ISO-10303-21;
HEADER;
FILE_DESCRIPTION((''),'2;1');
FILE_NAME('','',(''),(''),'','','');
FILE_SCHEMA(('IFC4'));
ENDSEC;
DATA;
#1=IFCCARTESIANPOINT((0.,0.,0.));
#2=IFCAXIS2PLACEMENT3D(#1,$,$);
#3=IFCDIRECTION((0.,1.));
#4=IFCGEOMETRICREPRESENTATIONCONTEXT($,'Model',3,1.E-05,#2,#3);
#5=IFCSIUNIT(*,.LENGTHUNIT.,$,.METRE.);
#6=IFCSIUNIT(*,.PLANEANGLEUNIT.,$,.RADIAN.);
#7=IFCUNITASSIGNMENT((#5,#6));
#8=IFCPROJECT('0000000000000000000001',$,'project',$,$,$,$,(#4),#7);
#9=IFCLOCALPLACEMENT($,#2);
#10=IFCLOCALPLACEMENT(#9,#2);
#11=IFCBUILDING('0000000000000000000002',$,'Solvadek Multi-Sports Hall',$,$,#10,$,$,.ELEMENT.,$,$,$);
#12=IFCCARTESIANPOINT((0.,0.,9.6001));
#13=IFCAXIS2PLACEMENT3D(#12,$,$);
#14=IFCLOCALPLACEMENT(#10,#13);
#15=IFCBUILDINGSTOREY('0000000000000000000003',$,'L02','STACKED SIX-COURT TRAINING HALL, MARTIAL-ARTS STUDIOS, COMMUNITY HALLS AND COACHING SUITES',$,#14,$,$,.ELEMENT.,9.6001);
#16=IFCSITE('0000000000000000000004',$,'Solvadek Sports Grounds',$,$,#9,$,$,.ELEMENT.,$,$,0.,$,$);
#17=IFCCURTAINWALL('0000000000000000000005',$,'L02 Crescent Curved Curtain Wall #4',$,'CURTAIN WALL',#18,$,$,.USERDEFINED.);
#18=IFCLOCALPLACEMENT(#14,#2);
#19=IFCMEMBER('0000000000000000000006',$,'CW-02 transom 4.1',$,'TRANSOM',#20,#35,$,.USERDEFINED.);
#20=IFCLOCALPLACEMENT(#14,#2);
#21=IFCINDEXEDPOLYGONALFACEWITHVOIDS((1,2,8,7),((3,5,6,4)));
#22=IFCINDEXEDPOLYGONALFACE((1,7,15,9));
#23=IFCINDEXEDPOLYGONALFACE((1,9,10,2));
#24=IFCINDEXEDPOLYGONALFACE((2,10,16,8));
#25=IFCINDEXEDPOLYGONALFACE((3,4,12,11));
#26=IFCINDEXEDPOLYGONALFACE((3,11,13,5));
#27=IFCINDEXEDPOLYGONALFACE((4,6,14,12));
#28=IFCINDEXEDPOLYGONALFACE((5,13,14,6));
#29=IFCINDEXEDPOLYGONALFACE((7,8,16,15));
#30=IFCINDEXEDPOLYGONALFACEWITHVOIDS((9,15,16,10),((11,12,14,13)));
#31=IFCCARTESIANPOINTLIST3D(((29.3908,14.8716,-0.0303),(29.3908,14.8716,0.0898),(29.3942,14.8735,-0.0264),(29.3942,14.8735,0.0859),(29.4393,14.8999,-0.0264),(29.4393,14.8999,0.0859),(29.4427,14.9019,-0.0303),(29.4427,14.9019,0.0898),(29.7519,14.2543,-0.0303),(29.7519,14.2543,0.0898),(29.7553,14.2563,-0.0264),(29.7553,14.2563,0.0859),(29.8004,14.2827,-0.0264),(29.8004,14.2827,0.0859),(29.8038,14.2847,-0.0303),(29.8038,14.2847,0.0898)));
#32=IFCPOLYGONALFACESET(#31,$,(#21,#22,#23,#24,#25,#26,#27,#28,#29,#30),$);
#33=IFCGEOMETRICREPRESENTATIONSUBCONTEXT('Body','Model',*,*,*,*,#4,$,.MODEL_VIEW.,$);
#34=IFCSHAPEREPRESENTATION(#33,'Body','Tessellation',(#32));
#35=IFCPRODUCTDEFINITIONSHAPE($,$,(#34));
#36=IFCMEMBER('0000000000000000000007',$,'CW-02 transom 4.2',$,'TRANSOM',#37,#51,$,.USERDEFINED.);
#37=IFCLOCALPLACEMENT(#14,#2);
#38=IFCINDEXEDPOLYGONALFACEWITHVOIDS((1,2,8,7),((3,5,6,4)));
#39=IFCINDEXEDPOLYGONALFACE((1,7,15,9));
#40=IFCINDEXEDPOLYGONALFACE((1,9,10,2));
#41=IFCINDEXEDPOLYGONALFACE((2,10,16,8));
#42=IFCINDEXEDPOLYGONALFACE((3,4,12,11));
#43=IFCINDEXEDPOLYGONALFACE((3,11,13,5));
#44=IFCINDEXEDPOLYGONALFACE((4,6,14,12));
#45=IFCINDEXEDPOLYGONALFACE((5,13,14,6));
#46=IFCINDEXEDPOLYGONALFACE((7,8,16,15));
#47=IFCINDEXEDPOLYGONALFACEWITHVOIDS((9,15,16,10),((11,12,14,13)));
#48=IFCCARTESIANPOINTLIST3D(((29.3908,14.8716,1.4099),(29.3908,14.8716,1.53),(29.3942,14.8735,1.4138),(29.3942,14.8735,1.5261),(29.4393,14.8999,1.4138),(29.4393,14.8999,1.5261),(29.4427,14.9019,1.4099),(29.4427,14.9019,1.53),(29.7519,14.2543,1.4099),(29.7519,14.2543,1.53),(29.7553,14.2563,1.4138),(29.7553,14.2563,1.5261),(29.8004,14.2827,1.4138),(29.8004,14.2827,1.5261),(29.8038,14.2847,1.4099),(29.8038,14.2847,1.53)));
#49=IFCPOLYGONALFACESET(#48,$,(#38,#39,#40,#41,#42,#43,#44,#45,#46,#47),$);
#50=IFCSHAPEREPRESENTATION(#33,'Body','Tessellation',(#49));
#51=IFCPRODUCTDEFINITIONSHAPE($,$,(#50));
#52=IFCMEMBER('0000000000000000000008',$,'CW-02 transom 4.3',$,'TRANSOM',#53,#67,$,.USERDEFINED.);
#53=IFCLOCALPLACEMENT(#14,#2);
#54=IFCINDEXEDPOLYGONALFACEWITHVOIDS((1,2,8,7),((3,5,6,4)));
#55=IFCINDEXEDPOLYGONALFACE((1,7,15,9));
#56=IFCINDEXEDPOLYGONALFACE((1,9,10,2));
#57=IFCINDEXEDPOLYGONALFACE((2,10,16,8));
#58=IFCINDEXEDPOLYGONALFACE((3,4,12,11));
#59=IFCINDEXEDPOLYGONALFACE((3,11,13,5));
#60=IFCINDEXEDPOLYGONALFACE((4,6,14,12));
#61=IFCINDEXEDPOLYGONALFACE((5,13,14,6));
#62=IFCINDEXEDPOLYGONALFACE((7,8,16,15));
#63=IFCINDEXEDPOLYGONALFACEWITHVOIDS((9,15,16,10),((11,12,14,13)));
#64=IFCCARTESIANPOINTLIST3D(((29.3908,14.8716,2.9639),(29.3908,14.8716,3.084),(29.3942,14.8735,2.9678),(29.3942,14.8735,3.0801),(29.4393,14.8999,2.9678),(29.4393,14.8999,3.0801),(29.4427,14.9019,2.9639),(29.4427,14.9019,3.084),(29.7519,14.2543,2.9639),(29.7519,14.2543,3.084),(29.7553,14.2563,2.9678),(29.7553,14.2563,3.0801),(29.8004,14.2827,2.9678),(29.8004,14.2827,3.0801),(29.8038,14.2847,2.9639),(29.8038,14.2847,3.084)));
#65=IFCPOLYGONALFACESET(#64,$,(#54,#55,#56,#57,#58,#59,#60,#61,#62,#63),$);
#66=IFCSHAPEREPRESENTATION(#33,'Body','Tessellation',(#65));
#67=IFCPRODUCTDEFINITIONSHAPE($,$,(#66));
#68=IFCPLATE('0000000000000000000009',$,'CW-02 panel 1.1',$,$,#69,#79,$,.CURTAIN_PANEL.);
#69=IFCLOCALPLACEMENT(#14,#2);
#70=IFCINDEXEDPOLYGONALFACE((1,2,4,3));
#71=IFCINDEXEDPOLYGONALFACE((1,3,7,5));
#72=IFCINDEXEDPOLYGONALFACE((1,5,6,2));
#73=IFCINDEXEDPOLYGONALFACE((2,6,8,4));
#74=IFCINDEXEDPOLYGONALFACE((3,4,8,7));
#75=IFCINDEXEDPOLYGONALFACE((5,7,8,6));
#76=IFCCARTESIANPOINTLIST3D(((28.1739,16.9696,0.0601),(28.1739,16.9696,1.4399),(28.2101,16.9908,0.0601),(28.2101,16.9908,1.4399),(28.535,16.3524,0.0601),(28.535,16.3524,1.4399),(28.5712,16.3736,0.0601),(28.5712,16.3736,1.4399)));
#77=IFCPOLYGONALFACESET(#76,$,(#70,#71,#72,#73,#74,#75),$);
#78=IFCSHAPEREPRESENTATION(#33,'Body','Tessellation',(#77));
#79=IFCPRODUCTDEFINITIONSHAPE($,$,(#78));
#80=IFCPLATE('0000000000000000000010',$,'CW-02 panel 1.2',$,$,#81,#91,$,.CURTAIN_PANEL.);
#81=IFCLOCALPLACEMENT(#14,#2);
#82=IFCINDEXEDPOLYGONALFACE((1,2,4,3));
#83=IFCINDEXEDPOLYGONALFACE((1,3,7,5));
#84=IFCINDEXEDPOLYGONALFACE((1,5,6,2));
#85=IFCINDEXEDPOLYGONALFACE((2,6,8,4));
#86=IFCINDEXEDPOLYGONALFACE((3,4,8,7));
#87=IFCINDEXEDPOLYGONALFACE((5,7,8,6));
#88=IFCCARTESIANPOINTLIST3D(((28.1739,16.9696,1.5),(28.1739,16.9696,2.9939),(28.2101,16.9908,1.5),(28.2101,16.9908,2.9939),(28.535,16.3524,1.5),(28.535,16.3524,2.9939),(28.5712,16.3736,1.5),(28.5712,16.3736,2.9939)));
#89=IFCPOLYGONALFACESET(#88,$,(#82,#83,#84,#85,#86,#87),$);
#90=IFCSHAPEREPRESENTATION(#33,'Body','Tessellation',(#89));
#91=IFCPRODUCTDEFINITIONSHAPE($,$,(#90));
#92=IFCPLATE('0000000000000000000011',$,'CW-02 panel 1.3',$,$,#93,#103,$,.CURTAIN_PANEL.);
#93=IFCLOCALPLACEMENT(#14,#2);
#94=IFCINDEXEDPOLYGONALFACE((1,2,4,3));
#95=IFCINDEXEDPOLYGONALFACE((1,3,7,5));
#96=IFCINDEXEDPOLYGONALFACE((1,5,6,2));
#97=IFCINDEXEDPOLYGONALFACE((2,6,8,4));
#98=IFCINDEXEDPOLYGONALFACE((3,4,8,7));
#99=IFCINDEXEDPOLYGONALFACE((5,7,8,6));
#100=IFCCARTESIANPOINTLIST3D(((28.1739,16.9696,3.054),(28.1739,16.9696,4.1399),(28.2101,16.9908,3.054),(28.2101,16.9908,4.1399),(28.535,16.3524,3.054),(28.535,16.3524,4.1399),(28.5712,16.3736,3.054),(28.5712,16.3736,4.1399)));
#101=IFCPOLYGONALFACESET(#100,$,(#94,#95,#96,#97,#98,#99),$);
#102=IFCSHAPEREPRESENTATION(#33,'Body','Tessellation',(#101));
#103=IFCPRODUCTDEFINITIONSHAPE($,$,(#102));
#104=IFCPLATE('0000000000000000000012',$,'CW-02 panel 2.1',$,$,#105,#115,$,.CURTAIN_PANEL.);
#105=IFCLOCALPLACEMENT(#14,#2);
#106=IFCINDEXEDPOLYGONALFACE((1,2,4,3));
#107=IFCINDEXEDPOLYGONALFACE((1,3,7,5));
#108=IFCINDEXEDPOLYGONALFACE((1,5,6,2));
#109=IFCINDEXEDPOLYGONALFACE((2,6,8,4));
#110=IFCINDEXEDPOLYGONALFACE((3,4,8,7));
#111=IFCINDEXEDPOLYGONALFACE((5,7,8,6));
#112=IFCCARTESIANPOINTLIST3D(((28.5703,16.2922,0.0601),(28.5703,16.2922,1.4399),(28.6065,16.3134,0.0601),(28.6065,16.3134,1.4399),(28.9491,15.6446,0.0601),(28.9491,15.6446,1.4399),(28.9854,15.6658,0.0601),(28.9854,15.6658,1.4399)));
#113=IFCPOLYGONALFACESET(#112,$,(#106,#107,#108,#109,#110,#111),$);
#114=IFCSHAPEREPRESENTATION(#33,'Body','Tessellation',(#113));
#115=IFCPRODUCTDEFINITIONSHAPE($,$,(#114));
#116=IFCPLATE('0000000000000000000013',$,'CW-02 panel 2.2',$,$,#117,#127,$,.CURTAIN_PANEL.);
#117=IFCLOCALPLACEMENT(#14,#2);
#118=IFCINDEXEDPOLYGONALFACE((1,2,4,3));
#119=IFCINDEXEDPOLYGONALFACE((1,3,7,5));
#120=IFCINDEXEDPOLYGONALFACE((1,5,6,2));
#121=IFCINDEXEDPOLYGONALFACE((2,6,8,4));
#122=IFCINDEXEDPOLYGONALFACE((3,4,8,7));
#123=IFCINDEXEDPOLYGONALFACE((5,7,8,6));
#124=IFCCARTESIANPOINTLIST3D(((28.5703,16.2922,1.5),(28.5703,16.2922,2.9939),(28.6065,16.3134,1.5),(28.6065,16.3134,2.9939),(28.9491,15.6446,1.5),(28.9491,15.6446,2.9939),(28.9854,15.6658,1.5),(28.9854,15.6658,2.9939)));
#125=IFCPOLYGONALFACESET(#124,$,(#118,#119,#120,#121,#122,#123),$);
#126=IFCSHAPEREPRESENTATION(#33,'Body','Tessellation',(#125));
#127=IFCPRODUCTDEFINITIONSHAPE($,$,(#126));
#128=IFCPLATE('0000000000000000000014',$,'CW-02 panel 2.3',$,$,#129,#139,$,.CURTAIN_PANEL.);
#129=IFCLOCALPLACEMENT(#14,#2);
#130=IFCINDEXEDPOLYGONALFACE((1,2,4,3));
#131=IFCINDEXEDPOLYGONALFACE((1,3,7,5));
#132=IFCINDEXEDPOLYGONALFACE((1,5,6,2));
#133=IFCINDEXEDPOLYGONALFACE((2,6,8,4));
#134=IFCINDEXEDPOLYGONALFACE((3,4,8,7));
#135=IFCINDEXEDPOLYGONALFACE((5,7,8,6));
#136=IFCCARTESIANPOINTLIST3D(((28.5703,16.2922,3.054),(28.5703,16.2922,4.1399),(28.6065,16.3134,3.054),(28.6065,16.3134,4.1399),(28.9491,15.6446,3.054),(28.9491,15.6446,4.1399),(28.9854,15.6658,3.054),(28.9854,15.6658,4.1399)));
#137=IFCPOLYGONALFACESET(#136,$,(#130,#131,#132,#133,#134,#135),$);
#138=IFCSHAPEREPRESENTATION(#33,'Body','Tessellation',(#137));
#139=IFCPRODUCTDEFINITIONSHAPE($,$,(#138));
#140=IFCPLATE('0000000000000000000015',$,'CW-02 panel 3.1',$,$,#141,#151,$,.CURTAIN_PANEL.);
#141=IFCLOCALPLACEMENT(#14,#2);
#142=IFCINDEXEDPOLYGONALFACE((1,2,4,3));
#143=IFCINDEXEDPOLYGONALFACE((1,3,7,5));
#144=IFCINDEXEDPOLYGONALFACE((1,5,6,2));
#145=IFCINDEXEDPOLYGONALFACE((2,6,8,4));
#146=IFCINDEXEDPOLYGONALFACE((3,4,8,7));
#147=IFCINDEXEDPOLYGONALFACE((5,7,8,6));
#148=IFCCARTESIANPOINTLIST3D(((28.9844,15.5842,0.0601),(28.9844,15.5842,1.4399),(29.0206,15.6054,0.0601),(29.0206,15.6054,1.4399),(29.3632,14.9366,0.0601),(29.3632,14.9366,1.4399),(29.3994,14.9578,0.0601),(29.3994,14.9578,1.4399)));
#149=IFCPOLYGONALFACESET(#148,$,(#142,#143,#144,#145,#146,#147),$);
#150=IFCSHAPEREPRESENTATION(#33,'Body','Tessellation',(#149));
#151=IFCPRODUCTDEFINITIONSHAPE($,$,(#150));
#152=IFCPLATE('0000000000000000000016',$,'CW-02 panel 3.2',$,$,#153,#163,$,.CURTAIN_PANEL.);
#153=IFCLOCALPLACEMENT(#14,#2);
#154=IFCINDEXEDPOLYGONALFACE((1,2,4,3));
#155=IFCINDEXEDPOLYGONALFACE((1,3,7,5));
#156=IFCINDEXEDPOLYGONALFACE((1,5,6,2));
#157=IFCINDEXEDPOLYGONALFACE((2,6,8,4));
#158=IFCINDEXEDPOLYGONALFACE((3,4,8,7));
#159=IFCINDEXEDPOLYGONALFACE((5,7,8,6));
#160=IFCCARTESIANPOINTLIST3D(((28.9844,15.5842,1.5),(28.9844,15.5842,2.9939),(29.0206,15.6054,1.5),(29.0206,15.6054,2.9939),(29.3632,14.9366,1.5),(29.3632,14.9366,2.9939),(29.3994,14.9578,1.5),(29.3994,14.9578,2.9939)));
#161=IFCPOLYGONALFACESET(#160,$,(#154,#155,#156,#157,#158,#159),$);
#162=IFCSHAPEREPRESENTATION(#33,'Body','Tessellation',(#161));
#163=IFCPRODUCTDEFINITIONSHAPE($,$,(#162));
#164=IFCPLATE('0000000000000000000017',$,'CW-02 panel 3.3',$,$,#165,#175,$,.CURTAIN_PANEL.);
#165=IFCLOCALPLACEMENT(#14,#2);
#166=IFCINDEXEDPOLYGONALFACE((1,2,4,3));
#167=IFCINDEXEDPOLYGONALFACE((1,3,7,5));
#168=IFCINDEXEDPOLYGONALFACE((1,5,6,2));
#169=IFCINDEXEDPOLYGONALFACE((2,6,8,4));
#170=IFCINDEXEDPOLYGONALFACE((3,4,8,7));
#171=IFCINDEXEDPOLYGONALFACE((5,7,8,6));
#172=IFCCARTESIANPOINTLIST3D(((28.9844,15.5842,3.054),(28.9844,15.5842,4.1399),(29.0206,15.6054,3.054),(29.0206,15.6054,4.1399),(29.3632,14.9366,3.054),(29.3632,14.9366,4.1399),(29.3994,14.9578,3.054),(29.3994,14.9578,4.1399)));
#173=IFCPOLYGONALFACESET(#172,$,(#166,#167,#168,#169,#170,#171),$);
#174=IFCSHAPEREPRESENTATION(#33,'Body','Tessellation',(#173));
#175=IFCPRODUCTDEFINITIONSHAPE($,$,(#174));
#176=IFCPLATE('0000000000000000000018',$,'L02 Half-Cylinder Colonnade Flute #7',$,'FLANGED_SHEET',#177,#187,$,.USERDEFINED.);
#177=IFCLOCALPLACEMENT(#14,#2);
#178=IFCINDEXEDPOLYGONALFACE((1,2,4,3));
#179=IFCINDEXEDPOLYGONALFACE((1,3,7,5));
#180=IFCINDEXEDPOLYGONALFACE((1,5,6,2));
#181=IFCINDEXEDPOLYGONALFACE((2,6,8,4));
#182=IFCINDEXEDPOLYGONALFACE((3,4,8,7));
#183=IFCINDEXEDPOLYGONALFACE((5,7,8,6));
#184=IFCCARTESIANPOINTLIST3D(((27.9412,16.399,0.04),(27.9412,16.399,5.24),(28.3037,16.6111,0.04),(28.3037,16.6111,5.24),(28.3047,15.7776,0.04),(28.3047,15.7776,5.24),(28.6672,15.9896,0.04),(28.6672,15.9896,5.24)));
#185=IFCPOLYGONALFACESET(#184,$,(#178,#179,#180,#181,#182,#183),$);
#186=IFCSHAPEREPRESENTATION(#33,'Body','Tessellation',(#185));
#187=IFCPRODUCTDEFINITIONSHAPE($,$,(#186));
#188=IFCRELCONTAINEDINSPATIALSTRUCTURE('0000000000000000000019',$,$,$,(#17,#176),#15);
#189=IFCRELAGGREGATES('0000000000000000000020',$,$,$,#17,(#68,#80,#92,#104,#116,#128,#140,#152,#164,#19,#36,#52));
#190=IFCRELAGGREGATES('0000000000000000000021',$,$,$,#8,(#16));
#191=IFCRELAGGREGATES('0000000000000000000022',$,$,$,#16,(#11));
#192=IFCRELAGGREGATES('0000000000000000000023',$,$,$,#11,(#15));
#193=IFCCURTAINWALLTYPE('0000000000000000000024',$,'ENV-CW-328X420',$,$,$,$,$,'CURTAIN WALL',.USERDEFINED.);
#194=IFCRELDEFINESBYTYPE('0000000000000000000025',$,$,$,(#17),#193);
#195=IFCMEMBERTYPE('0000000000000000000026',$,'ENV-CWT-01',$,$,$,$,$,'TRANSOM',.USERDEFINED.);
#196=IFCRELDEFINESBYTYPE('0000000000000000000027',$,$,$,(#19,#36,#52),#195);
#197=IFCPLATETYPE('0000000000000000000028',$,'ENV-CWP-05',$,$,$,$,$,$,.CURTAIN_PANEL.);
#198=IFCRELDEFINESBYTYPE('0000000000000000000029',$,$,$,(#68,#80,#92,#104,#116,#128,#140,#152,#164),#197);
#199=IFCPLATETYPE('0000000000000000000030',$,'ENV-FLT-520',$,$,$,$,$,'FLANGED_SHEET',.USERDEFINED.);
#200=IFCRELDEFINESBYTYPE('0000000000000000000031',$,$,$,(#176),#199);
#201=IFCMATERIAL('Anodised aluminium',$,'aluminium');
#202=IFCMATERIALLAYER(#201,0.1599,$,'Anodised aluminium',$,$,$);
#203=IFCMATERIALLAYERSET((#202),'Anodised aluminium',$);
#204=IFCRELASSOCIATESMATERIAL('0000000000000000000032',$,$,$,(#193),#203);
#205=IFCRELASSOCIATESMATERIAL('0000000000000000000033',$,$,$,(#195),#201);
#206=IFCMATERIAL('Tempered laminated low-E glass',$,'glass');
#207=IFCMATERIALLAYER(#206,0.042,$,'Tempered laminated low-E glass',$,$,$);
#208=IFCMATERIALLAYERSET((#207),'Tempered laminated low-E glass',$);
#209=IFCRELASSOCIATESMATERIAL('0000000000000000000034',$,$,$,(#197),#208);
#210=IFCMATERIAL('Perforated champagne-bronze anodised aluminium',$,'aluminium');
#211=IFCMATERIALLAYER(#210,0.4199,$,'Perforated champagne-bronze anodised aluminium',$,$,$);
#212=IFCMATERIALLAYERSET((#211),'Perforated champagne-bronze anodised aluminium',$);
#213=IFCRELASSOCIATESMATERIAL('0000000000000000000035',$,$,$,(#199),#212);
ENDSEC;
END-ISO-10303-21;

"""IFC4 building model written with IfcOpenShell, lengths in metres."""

from ifc_helpers import new_model, si_unit, direction, frame, origin, origin_2d, place, context, subcontext, project, spatial, rectangle, hollow_rectangle, extrude, material, layer, layer_set, material_profile, profile_set, type_object, element, aggregate, save


model = new_model("IFC4")

# Units and contexts
model_context = context("Model", 3, precision=1e-05, world=origin(), true_north=direction((0.0, 1.0)))
body_context = subcontext(model_context, "Body", "Model", "MODEL_VIEW")
ifc_project = project(units=[si_unit("LENGTHUNIT", "METRE"), si_unit("PLANEANGLEUNIT", "RADIAN")], contexts=[model_context])

# Site, building, storey
site_placement = place(None, origin())
site = spatial("IfcSite", under=ifc_project, at=site_placement, Name="Solvadek Sports Grounds", CompositionType="ELEMENT", RefElevation=0.0)
building_placement = place(site_placement, origin())
building = spatial("IfcBuilding", under=site, at=building_placement, Name="Solvadek Multi-Sports Hall", CompositionType="ELEMENT")
storey_placement = place(building_placement, frame((0.0, 0.0, 9.6001)))
storey = spatial("IfcBuildingStorey", under=building, at=storey_placement, Name="L02", Description="STACKED SIX-COURT TRAINING HALL, MARTIAL-ARTS STUDIOS, COMMUNITY HALLS AND COACHING SUITES", CompositionType="ELEMENT", Elevation=9.6001)

# Curtain wall, members, plates
ifc_material_1 = material(Name="Anodised aluminium", Category="aluminium")
ifc_layer_1 = layer(ifc_material_1, 0.1599, Name="Anodised aluminium")
ifc_layer_set_1 = layer_set([ifc_layer_1], Name="Anodised aluminium")
curtain_wall_type = type_object("IfcCurtainWallType", Name="ENV-CW-328X420", ElementType="CURTAIN WALL", PredefinedType="USERDEFINED", material=ifc_layer_set_1)
curtain_wall_placement = place(storey_placement, origin())
curtain_wall = element("IfcCurtainWall", 1, at=curtain_wall_placement, inside=storey, type_object=curtain_wall_type, Name="L02 Crescent Curved Curtain Wall #4", ObjectType="CURTAIN WALL", PredefinedType="USERDEFINED")
ifc_material_profile_1 = material_profile(ifc_material_1, hollow_rectangle(XDim=0.0601, YDim=0.1201, WallThickness=0.0039, at=origin_2d()), Name="ALU-T 120x60x4")
ifc_profile_set_1 = profile_set([ifc_material_profile_1], Name="Anodised aluminium")
member_type_1 = type_object("IfcMemberType", Name="ENV-CWT-01", ElementType="TRANSOM", PredefinedType="USERDEFINED", material=ifc_profile_set_1)
member_1_placement = place(storey_placement, frame((29.4167, 14.8867, 0.0298), z_axis=(0.504975, -0.863134, 0.0), x_axis=(0.863134, 0.504975, 0.0)))
member_1 = element("IfcMember", 2, at=member_1_placement, type_object=member_type_1, Name="CW-02 transom 4.1", ObjectType="TRANSOM", PredefinedType="USERDEFINED", context=body_context, shape_type="SweptSolid", body=[
    extrude(hollow_rectangle(XDim=0.0601, YDim=0.1201, WallThickness=0.0039, at=origin_2d()), origin(), (0.0, 0.0, 1.0), 0.7151),
])
member_2_placement = place(storey_placement, frame((29.4167, 14.8867, 1.47), z_axis=(0.504975, -0.863134, 0.0), x_axis=(0.863134, 0.504975, 0.0)))
member_2 = element("IfcMember", 3, at=member_2_placement, type_object=member_type_1, Name="CW-02 transom 4.2", ObjectType="TRANSOM", PredefinedType="USERDEFINED", context=body_context, shape_type="SweptSolid", body=[
    extrude(hollow_rectangle(XDim=0.0601, YDim=0.1201, WallThickness=0.0039, at=origin_2d()), origin(), (0.0, 0.0, 1.0), 0.7151),
])
member_3_placement = place(storey_placement, frame((29.4167, 14.8867, 3.0239), z_axis=(0.504975, -0.863134, 0.0), x_axis=(0.863134, 0.504975, 0.0)))
member_3 = element("IfcMember", 4, at=member_3_placement, type_object=member_type_1, Name="CW-02 transom 4.3", ObjectType="TRANSOM", PredefinedType="USERDEFINED", context=body_context, shape_type="SweptSolid", body=[
    extrude(hollow_rectangle(XDim=0.0601, YDim=0.1201, WallThickness=0.0039, at=origin_2d()), origin(), (0.0, 0.0, 1.0), 0.7151),
])
ifc_material_2 = material(Name="Tempered laminated low-E glass", Category="glass")
ifc_layer_2 = layer(ifc_material_2, 0.042, Name="Tempered laminated low-E glass")
ifc_layer_set_2 = layer_set([ifc_layer_2], Name="Tempered laminated low-E glass")
plate_type_1 = type_object("IfcPlateType", Name="ENV-CWP-05", PredefinedType="CURTAIN_PANEL", material=ifc_layer_set_2)
plate_1_placement = place(storey_placement, frame((28.3726, 16.6716, 0.0601), z_axis=(0.0, 0.0, 1.0), x_axis=(0.504957, -0.863145, 0.0)))
plate_1 = element("IfcPlate", 5, at=plate_1_placement, type_object=plate_type_1, Name="CW-02 panel 1.1", PredefinedType="CURTAIN_PANEL", context=body_context, shape_type="SweptSolid", body=[
    extrude(rectangle(XDim=0.7151, YDim=0.042, at=origin_2d()), origin(), (0.0, 0.0, 1.0), 1.3799),
])
plate_2_placement = place(storey_placement, frame((28.3726, 16.6716, 1.5), z_axis=(0.0, 0.0, 1.0), x_axis=(0.504957, -0.863145, 0.0)))
plate_2 = element("IfcPlate", 6, at=plate_2_placement, type_object=plate_type_1, Name="CW-02 panel 1.2", PredefinedType="CURTAIN_PANEL", context=body_context, shape_type="SweptSolid", body=[
    extrude(rectangle(XDim=0.7151, YDim=0.042, at=origin_2d()), origin(), (0.0, 0.0, 1.0), 1.4939),
])
plate_3_placement = place(storey_placement, frame((28.3726, 16.6716, 3.054), z_axis=(0.0, 0.0, 1.0), x_axis=(0.504957, -0.863145, 0.0)))
plate_3 = element("IfcPlate", 7, at=plate_3_placement, type_object=plate_type_1, Name="CW-02 panel 1.3", PredefinedType="CURTAIN_PANEL", context=body_context, shape_type="SweptSolid", body=[
    extrude(rectangle(XDim=0.7151, YDim=0.042, at=origin_2d()), origin(), (0.0, 0.0, 1.0), 1.0859),
])
plate_4_placement = place(storey_placement, frame((28.7778, 15.979, 0.0601), z_axis=(0.0, 0.0, 1.0), x_axis=(0.504957, -0.863145, 0.0)))
plate_4 = element("IfcPlate", 8, at=plate_4_placement, type_object=plate_type_1, Name="CW-02 panel 2.1", PredefinedType="CURTAIN_PANEL", context=body_context, shape_type="SweptSolid", body=[
    extrude(rectangle(XDim=0.7502, YDim=0.042, at=origin_2d()), origin(), (0.0, 0.0, 1.0), 1.3799),
])
plate_5_placement = place(storey_placement, frame((28.7778, 15.979, 1.5), z_axis=(0.0, 0.0, 1.0), x_axis=(0.504957, -0.863145, 0.0)))
plate_5 = element("IfcPlate", 9, at=plate_5_placement, type_object=plate_type_1, Name="CW-02 panel 2.2", PredefinedType="CURTAIN_PANEL", context=body_context, shape_type="SweptSolid", body=[
    extrude(rectangle(XDim=0.7502, YDim=0.042, at=origin_2d()), origin(), (0.0, 0.0, 1.0), 1.4939),
])
plate_6_placement = place(storey_placement, frame((28.7778, 15.979, 3.054), z_axis=(0.0, 0.0, 1.0), x_axis=(0.504957, -0.863145, 0.0)))
plate_6 = element("IfcPlate", 10, at=plate_6_placement, type_object=plate_type_1, Name="CW-02 panel 2.3", PredefinedType="CURTAIN_PANEL", context=body_context, shape_type="SweptSolid", body=[
    extrude(rectangle(XDim=0.7502, YDim=0.042, at=origin_2d()), origin(), (0.0, 0.0, 1.0), 1.0859),
])
plate_7_placement = place(storey_placement, frame((29.1919, 15.271, 0.0601), z_axis=(0.0, 0.0, 1.0), x_axis=(0.504957, -0.863145, 0.0)))
plate_7 = element("IfcPlate", 11, at=plate_7_placement, type_object=plate_type_1, Name="CW-02 panel 3.1", PredefinedType="CURTAIN_PANEL", context=body_context, shape_type="SweptSolid", body=[
    extrude(rectangle(XDim=0.7502, YDim=0.042, at=origin_2d()), origin(), (0.0, 0.0, 1.0), 1.3799),
])
plate_8_placement = place(storey_placement, frame((29.1919, 15.271, 1.5), z_axis=(0.0, 0.0, 1.0), x_axis=(0.504957, -0.863145, 0.0)))
plate_8 = element("IfcPlate", 12, at=plate_8_placement, type_object=plate_type_1, Name="CW-02 panel 3.2", PredefinedType="CURTAIN_PANEL", context=body_context, shape_type="SweptSolid", body=[
    extrude(rectangle(XDim=0.7502, YDim=0.042, at=origin_2d()), origin(), (0.0, 0.0, 1.0), 1.4939),
])
plate_9_placement = place(storey_placement, frame((29.1919, 15.271, 3.054), z_axis=(0.0, 0.0, 1.0), x_axis=(0.504957, -0.863145, 0.0)))
plate_9 = element("IfcPlate", 13, at=plate_9_placement, type_object=plate_type_1, Name="CW-02 panel 3.3", PredefinedType="CURTAIN_PANEL", context=body_context, shape_type="SweptSolid", body=[
    extrude(rectangle(XDim=0.7502, YDim=0.042, at=origin_2d()), origin(), (0.0, 0.0, 1.0), 1.0859),
])
aggregate(curtain_wall, [plate_1, plate_2, plate_3, plate_4, plate_5, plate_6, plate_7, plate_8, plate_9, member_1, member_2, member_3])

# Plate
ifc_material_3 = material(Name="Perforated champagne-bronze anodised aluminium", Category="aluminium")
ifc_layer_3 = layer(ifc_material_3, 0.4199, Name="Perforated champagne-bronze anodised aluminium")
ifc_layer_set_3 = layer_set([ifc_layer_3], Name="Perforated champagne-bronze anodised aluminium")
plate_type_2 = type_object("IfcPlateType", Name="ENV-FLT-520", ElementType="FLANGED_SHEET", PredefinedType="USERDEFINED", material=ifc_layer_set_3)
for number, where, z_axis, x_axis, name in (
    (14, (28.3042, 16.1943, 0.04), (0.0, 0.0, 1.0), (0.504933, -0.863158, 0.0), "L02 Half-Cylinder Colonnade Flute #7"),
):
    element("IfcPlate", number, at=place(storey_placement, frame(where, z_axis=z_axis, x_axis=x_axis)), inside=storey, type_object=plate_type_2, Name=name, ObjectType="FLANGED_SHEET", PredefinedType="USERDEFINED", context=body_context, shape_type="SweptSolid", body=[
        extrude(rectangle(XDim=0.72, YDim=0.4199, at=origin_2d()), origin(), (0.0, 0.0, 1.0), 5.2),
    ])

save(model, "model.ifc")
